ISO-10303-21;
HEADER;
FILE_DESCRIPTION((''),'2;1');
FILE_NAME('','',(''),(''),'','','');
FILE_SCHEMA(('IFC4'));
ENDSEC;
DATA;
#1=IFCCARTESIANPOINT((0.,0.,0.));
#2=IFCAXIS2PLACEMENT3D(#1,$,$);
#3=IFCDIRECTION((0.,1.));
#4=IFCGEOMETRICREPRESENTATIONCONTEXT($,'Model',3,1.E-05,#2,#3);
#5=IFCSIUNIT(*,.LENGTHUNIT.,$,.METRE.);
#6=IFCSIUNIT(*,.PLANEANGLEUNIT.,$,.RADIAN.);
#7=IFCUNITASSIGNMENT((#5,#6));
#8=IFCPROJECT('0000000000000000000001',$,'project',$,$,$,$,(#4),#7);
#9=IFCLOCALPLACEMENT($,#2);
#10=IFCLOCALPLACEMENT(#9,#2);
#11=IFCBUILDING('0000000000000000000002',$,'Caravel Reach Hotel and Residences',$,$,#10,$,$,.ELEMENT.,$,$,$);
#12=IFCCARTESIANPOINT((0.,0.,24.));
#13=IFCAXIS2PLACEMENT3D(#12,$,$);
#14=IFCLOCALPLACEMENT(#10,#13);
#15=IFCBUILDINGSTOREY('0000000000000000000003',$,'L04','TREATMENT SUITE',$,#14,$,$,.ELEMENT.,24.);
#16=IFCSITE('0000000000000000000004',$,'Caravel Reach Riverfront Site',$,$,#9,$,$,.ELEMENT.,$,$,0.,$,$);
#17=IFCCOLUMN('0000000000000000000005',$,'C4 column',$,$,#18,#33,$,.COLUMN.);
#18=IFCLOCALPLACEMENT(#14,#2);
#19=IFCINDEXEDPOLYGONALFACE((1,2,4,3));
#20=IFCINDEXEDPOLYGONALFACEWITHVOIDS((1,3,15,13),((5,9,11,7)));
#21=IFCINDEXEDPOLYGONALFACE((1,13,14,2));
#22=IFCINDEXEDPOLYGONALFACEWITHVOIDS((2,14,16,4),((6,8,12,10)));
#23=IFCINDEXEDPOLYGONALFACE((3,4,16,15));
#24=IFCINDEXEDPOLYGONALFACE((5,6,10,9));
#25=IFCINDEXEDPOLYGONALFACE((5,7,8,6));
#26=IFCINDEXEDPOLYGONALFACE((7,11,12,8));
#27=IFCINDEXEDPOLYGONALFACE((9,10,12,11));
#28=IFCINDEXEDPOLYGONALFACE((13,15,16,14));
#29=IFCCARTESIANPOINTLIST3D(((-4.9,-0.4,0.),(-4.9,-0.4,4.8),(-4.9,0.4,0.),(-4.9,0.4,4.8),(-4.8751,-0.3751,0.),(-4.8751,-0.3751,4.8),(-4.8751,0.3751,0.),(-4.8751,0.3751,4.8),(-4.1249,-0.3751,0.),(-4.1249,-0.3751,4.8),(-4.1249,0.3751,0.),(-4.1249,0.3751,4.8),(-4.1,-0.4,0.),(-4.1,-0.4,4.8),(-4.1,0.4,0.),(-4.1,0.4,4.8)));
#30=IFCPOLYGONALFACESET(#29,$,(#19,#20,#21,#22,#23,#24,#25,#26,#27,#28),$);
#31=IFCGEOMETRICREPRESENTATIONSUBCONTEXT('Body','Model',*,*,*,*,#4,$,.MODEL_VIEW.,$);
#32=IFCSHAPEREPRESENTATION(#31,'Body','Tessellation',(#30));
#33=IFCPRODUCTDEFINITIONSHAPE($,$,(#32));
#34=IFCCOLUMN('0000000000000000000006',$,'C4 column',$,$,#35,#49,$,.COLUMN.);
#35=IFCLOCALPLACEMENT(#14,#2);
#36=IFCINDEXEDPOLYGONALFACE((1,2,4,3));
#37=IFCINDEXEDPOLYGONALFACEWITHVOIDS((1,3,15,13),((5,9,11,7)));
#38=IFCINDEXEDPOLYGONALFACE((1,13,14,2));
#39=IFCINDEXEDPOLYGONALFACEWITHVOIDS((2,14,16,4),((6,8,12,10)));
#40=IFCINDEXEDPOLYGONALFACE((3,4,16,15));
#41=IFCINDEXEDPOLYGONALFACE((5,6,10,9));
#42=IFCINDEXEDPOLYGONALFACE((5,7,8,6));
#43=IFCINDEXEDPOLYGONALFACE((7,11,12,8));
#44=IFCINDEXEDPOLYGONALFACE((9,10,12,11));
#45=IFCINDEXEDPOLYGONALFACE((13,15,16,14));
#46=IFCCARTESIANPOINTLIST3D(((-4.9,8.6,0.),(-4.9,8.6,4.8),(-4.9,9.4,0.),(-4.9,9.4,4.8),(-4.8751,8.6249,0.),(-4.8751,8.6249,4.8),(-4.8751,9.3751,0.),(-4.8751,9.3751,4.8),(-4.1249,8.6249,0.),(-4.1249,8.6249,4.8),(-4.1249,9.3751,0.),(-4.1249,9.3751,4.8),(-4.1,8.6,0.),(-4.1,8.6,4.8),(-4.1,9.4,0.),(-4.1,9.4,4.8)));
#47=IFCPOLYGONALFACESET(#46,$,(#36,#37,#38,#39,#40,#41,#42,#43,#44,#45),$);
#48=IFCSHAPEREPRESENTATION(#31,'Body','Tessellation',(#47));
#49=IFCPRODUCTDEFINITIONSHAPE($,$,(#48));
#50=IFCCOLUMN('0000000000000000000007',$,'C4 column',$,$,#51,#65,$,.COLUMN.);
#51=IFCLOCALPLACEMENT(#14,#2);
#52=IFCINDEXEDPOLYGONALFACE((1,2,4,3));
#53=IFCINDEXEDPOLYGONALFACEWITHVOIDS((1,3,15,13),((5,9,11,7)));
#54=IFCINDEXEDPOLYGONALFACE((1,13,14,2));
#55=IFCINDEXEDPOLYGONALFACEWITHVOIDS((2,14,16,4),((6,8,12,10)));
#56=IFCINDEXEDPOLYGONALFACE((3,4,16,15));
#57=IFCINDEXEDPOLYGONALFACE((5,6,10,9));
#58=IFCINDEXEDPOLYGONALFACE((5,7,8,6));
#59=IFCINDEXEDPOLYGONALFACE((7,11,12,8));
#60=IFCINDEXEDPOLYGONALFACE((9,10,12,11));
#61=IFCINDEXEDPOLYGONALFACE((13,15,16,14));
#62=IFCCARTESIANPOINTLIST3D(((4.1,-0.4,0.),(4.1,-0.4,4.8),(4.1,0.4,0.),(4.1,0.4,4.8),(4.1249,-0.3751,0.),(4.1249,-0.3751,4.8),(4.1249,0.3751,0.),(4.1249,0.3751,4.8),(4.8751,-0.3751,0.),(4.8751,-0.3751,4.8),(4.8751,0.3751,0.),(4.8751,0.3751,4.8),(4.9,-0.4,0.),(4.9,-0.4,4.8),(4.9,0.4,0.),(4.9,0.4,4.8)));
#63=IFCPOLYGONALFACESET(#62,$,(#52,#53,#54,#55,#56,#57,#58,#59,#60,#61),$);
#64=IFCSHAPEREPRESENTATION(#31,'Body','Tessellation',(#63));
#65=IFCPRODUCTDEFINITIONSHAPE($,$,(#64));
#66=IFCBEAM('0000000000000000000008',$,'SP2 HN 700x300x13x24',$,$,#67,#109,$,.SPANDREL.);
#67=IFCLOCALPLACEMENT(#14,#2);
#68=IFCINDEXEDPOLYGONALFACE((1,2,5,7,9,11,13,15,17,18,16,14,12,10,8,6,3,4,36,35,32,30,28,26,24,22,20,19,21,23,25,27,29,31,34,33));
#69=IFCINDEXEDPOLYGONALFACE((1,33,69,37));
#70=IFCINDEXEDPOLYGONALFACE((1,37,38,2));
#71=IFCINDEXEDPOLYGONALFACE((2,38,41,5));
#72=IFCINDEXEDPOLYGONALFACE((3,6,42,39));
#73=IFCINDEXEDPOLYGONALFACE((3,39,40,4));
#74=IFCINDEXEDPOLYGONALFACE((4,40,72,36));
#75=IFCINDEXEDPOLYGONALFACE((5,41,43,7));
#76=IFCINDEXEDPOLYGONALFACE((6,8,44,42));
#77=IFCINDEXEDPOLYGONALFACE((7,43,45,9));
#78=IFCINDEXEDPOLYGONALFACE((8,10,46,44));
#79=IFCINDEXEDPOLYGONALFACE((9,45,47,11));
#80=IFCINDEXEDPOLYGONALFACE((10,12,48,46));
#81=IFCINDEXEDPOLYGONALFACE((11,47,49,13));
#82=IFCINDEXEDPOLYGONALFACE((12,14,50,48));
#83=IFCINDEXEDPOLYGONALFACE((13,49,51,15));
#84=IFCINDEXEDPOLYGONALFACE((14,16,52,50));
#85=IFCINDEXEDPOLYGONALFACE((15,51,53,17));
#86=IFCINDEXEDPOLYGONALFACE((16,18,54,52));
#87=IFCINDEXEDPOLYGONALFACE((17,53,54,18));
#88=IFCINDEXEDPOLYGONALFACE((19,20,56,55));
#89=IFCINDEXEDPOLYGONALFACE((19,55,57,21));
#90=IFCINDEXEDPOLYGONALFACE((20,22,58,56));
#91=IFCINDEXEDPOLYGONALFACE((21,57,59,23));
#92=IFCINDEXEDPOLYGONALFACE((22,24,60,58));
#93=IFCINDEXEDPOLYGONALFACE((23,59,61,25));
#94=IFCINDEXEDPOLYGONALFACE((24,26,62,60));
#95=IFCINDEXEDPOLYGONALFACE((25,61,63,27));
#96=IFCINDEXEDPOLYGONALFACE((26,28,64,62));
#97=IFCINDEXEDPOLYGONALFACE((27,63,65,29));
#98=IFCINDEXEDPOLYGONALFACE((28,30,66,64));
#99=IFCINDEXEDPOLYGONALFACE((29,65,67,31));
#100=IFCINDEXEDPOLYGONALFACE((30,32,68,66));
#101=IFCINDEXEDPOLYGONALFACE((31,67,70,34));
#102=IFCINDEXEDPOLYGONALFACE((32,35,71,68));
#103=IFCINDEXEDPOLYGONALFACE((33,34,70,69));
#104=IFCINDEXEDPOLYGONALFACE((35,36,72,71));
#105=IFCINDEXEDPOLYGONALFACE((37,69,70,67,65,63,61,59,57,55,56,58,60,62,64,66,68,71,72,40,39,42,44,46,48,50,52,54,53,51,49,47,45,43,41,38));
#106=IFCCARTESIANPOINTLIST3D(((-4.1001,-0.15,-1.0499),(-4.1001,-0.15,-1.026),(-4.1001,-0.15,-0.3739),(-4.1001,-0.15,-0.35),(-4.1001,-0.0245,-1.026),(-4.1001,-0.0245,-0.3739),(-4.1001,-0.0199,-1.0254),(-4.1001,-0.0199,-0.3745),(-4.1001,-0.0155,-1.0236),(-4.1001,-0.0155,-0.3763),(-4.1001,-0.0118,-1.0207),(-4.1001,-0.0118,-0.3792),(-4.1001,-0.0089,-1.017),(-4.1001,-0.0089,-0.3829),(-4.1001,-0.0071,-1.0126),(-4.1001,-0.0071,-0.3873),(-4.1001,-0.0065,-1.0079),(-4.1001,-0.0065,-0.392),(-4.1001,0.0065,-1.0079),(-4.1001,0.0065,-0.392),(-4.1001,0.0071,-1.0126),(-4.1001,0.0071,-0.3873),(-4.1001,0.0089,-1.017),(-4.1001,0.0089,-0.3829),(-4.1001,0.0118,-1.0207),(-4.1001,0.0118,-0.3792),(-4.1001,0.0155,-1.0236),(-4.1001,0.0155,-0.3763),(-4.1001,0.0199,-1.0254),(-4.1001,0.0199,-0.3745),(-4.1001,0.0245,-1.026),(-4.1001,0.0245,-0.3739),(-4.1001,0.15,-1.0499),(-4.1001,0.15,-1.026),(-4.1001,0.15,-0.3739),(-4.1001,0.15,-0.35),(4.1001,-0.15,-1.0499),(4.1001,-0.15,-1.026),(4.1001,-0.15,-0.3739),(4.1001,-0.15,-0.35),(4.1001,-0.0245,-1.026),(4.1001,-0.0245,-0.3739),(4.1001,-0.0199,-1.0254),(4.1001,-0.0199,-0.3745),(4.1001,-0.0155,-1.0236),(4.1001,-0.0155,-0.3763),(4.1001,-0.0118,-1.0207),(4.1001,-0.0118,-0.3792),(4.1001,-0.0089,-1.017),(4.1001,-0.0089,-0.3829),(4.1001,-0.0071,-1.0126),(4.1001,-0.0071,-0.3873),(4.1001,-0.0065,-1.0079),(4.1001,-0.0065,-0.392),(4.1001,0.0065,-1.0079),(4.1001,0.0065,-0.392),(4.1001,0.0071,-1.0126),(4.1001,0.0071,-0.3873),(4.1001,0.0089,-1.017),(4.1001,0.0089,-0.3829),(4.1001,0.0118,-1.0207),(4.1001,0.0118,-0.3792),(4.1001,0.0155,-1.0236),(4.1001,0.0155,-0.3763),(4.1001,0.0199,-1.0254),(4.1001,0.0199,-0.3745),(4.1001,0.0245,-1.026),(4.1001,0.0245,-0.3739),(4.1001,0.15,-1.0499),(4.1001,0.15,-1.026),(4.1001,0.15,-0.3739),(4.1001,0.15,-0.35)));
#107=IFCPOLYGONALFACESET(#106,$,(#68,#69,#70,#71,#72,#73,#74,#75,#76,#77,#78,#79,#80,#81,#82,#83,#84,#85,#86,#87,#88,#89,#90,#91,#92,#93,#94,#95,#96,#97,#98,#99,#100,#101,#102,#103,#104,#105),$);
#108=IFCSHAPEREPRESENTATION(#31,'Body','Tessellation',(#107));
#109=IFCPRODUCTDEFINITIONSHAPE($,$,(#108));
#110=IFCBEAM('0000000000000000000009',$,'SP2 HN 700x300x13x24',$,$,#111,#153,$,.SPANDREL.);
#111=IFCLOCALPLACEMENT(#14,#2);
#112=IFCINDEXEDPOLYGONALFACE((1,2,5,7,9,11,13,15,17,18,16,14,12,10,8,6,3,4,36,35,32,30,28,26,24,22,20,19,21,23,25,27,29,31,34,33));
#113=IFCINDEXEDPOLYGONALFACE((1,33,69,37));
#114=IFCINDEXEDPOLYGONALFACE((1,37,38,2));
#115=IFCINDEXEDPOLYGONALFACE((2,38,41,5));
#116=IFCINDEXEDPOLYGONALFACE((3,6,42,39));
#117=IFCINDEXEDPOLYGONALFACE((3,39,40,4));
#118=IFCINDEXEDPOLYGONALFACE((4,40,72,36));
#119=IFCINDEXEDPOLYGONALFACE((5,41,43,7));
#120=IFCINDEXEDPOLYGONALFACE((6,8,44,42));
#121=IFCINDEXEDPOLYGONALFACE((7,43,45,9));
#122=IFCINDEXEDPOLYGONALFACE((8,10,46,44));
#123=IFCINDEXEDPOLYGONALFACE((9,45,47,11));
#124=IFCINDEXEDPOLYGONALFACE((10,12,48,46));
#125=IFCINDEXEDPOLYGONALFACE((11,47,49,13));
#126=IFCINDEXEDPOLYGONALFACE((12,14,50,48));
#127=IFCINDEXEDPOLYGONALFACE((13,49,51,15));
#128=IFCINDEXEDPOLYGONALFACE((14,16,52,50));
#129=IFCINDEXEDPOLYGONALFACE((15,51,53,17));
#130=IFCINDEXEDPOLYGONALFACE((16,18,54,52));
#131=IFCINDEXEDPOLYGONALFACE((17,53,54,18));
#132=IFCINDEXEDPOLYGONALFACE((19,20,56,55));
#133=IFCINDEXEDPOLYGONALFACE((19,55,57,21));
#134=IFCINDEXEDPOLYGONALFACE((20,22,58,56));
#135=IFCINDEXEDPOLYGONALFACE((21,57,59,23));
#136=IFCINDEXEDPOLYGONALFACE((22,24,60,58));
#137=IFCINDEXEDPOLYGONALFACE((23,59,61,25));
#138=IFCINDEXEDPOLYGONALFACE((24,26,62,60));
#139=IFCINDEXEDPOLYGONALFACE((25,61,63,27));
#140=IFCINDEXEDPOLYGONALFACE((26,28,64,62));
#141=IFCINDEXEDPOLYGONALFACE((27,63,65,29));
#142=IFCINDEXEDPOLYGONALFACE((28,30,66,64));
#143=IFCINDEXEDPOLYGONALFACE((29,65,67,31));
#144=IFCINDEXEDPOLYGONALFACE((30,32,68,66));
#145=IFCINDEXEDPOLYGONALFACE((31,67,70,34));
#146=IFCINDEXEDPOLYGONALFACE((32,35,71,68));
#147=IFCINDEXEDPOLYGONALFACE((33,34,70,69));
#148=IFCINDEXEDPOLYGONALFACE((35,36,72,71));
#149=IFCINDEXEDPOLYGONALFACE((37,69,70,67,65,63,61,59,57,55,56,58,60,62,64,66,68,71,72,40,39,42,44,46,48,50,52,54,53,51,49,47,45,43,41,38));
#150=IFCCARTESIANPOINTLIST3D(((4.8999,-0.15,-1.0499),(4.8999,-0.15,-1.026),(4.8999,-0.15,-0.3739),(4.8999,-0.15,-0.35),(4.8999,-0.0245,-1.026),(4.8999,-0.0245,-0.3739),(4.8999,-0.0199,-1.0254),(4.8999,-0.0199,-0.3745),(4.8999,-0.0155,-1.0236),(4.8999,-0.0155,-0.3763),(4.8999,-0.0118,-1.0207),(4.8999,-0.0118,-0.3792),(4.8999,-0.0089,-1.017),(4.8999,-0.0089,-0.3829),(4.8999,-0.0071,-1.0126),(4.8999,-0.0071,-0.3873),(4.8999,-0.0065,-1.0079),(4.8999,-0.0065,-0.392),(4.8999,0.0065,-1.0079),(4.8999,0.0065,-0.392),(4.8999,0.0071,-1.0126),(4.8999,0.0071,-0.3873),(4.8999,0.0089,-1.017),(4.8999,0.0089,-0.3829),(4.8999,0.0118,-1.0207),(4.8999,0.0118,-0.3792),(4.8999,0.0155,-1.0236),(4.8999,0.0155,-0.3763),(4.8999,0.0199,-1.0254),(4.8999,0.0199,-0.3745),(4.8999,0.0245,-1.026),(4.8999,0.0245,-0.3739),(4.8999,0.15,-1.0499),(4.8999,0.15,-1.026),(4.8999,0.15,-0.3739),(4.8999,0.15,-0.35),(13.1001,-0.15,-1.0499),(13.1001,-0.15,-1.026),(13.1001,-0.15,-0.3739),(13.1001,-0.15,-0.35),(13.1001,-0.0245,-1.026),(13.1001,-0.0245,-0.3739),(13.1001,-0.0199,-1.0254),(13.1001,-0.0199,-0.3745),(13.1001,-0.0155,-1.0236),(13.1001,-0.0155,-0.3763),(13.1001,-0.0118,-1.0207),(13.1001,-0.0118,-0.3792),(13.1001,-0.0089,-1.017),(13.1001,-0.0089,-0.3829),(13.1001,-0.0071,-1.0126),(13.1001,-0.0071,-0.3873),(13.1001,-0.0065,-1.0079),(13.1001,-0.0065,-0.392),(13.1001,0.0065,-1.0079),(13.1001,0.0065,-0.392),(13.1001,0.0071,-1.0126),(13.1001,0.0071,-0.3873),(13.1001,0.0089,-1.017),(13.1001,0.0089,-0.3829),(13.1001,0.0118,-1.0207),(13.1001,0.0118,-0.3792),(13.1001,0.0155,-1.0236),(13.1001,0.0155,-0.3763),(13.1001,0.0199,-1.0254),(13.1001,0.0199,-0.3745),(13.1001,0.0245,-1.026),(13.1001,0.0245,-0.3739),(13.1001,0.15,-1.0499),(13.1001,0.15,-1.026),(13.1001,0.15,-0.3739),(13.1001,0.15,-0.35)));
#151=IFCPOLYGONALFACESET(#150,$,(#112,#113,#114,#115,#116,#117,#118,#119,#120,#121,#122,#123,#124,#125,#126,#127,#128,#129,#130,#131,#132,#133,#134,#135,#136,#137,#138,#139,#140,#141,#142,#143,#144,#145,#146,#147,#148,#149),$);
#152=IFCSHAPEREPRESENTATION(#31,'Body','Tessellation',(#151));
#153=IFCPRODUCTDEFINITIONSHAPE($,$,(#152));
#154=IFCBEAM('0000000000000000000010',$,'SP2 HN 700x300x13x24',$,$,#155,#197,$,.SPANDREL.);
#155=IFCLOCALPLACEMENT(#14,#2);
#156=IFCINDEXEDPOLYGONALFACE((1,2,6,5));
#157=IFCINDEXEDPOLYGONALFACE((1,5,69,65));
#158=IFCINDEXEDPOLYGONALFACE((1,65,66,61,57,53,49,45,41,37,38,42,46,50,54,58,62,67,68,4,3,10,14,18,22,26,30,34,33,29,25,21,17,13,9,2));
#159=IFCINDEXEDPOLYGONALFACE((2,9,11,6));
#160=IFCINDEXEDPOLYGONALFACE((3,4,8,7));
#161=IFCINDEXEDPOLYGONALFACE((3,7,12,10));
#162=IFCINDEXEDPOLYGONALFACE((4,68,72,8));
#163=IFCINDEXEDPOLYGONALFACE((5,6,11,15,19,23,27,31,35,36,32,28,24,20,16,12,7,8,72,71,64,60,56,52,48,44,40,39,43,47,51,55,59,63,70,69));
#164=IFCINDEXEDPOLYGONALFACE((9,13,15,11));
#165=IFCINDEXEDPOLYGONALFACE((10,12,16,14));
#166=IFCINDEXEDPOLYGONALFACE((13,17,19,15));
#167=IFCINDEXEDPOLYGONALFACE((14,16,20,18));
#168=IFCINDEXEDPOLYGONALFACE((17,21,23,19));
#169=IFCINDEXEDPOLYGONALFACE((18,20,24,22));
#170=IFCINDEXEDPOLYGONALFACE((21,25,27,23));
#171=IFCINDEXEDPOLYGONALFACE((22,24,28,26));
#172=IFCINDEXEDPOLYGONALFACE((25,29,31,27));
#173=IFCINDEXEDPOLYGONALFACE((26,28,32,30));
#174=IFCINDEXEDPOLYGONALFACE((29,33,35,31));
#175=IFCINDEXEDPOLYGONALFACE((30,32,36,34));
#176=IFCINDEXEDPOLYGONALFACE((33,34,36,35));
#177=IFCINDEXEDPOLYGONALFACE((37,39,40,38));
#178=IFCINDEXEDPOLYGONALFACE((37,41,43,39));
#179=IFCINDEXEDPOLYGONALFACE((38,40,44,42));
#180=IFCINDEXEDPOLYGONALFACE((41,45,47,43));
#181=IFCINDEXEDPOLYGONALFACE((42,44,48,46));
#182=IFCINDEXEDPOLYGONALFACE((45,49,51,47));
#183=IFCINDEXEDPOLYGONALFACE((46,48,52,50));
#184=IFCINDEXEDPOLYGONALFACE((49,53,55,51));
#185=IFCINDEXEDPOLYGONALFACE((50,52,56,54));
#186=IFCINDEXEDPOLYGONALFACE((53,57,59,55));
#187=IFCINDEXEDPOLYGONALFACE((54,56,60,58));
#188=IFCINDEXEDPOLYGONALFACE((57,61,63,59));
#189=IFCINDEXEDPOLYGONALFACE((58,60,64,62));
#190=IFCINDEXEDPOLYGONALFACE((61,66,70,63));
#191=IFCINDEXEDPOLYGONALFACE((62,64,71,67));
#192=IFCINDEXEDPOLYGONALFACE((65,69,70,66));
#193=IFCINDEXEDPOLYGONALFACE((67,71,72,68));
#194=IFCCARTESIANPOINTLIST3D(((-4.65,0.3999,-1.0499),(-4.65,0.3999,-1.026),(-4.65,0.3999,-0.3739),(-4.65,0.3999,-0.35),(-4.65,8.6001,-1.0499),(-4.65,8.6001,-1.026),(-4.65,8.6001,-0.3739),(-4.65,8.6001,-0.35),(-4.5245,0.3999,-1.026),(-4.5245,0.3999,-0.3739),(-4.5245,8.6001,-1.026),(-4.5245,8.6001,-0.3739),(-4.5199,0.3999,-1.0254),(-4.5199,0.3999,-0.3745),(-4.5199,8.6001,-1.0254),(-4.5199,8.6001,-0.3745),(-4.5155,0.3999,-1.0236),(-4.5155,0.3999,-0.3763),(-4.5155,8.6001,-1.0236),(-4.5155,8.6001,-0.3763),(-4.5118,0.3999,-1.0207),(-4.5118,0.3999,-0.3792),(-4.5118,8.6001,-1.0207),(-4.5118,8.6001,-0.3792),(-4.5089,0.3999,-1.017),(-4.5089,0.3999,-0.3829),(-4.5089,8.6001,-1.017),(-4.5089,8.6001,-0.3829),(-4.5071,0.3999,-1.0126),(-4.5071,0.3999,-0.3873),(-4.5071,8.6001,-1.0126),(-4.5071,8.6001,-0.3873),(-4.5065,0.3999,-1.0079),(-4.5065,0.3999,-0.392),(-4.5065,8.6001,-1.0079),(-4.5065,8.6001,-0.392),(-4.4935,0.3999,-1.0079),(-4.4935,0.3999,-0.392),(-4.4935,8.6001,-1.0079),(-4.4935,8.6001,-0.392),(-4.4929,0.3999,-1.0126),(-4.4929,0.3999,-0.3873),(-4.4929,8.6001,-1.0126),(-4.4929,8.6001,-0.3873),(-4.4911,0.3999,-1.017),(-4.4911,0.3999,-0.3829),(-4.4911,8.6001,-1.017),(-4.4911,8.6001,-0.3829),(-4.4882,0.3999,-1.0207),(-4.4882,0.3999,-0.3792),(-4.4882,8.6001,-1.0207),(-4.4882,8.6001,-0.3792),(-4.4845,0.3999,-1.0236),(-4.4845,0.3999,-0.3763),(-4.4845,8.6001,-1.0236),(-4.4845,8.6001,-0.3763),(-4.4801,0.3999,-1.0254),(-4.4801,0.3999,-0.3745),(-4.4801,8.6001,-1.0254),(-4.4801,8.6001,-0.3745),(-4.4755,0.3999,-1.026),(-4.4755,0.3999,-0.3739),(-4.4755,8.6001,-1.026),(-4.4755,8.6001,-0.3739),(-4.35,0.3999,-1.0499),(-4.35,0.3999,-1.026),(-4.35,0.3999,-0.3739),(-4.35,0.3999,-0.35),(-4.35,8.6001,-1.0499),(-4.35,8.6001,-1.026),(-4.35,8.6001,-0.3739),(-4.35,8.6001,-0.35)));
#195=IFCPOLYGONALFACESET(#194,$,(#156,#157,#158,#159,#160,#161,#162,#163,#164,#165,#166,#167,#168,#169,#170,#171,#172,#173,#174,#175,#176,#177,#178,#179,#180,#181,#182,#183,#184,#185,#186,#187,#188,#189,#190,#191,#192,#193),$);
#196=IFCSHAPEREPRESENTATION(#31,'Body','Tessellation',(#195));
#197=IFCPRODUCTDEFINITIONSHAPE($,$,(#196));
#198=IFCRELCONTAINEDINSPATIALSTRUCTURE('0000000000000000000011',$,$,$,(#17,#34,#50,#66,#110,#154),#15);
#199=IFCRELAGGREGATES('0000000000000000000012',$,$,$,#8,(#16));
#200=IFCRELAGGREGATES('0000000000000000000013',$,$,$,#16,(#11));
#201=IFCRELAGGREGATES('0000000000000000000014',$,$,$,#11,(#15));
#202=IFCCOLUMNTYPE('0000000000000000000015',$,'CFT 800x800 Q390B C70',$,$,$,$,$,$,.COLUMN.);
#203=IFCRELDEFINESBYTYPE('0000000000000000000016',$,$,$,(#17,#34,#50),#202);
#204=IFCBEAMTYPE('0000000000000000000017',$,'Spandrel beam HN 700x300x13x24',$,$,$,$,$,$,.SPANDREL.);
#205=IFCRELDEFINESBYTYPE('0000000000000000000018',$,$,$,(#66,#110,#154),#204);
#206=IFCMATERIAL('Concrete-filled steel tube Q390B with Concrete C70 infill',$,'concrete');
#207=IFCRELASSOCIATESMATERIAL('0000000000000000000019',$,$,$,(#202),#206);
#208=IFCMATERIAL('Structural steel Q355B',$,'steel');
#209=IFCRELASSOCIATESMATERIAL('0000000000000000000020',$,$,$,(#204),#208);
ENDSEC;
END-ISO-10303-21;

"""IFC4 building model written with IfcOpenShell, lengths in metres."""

from ifc_helpers import new_model, si_unit, direction, frame, origin, origin_2d, place, context, subcontext, project, spatial, hollow_rectangle, i_section, extrude, material, material_profile, profile_set, type_object, element, save


model = new_model("IFC4")

# Units and contexts
model_context = context("Model", 3, precision=1e-05, world=origin(), true_north=direction((0.0, 1.0)))
body_context = subcontext(model_context, "Body", "Model", "MODEL_VIEW")
ifc_project = project(units=[si_unit("LENGTHUNIT", "METRE"), si_unit("PLANEANGLEUNIT", "RADIAN")], contexts=[model_context])

# Site, building, storey
site_placement = place(None, origin())
site = spatial("IfcSite", under=ifc_project, at=site_placement, Name="Caravel Reach Riverfront Site", CompositionType="ELEMENT", RefElevation=0.0)
building_placement = place(site_placement, origin())
building = spatial("IfcBuilding", under=site, at=building_placement, Name="Caravel Reach Hotel and Residences", CompositionType="ELEMENT")
storey_placement = place(building_placement, frame((0.0, 0.0, 24.0)))
storey = spatial("IfcBuildingStorey", under=building, at=storey_placement, Name="L04", Description="TREATMENT SUITE", CompositionType="ELEMENT", Elevation=24.0)

# Columns
ifc_material_1 = material(Name="Concrete-filled steel tube Q390B with Concrete C70 infill", Category="concrete")
ifc_material_profile_1 = material_profile(ifc_material_1, hollow_rectangle(XDim=0.8, YDim=0.8, WallThickness=0.0249, at=origin_2d()), Name="RHS 800x800x25")
ifc_profile_set_1 = profile_set([ifc_material_profile_1], Name="Concrete-filled steel tube Q390B with Concrete C70 infill")
column_type = type_object("IfcColumnType", Name="CFT 800x800 Q390B C70", PredefinedType="COLUMN", material=ifc_profile_set_1)
for number, where, z_axis, x_axis, name in (
    (1, (-4.5, 0.0, 0.0), (0.0, 0.0, 1.0), (1.0, 0.0, 0.0), "C4 column"),
    (2, (-4.5, 9.0, 0.0), (0.0, 0.0, 1.0), (1.0, 0.0, 0.0), "C4 column"),
    (3, (4.5, 0.0, 0.0), (0.0, 0.0, 1.0), (1.0, 0.0, 0.0), "C4 column"),
):
    element("IfcColumn", number, at=place(storey_placement, frame(where, z_axis=z_axis, x_axis=x_axis)), inside=storey, type_object=column_type, Name=name, PredefinedType="COLUMN", context=body_context, shape_type="SweptSolid", body=[
        extrude(hollow_rectangle(XDim=0.8, YDim=0.8, WallThickness=0.0249, at=origin_2d()), origin(), (0.0, 0.0, 1.0), 4.8),
    ])

# Beams
ifc_material_2 = material(Name="Structural steel Q355B", Category="steel")
ifc_material_profile_2 = material_profile(ifc_material_2, i_section(OverallWidth=0.3, OverallDepth=0.7, WebThickness=0.0129, FlangeThickness=0.0239, FilletRadius=0.0181, at=origin_2d()), Name="HN 700x300x13x24")
ifc_profile_set_2 = profile_set([ifc_material_profile_2], Name="Structural steel Q355B")
beam_type = type_object("IfcBeamType", Name="Spandrel beam HN 700x300x13x24", PredefinedType="SPANDREL", material=ifc_profile_set_2)
for number, where, z_axis, x_axis, name in (
    (4, (-4.1001, 0.0, -0.7), (1.0, 0.0, 0.0), (0.0, 1.0, 0.0), "SP2 HN 700x300x13x24"),
    (5, (4.8999, 0.0, -0.7), (1.0, 0.0, 0.0), (0.0, 1.0, 0.0), "SP2 HN 700x300x13x24"),
    (6, (-4.5, 8.6001, -0.7), (0.0, -1.0, 0.0), (1.0, 0.0, 0.0), "SP2 HN 700x300x13x24"),
):
    element("IfcBeam", number, at=place(storey_placement, frame(where, z_axis=z_axis, x_axis=x_axis)), inside=storey, type_object=beam_type, Name=name, PredefinedType="SPANDREL", context=body_context, shape_type="SweptSolid", body=[
        extrude(i_section(OverallWidth=0.3, OverallDepth=0.7, WebThickness=0.0129, FlangeThickness=0.0239, FilletRadius=0.0181, at=origin_2d()), origin(), (0.0, 0.0, 1.0), 8.2002),
    ])

save(model, "model.ifc")
